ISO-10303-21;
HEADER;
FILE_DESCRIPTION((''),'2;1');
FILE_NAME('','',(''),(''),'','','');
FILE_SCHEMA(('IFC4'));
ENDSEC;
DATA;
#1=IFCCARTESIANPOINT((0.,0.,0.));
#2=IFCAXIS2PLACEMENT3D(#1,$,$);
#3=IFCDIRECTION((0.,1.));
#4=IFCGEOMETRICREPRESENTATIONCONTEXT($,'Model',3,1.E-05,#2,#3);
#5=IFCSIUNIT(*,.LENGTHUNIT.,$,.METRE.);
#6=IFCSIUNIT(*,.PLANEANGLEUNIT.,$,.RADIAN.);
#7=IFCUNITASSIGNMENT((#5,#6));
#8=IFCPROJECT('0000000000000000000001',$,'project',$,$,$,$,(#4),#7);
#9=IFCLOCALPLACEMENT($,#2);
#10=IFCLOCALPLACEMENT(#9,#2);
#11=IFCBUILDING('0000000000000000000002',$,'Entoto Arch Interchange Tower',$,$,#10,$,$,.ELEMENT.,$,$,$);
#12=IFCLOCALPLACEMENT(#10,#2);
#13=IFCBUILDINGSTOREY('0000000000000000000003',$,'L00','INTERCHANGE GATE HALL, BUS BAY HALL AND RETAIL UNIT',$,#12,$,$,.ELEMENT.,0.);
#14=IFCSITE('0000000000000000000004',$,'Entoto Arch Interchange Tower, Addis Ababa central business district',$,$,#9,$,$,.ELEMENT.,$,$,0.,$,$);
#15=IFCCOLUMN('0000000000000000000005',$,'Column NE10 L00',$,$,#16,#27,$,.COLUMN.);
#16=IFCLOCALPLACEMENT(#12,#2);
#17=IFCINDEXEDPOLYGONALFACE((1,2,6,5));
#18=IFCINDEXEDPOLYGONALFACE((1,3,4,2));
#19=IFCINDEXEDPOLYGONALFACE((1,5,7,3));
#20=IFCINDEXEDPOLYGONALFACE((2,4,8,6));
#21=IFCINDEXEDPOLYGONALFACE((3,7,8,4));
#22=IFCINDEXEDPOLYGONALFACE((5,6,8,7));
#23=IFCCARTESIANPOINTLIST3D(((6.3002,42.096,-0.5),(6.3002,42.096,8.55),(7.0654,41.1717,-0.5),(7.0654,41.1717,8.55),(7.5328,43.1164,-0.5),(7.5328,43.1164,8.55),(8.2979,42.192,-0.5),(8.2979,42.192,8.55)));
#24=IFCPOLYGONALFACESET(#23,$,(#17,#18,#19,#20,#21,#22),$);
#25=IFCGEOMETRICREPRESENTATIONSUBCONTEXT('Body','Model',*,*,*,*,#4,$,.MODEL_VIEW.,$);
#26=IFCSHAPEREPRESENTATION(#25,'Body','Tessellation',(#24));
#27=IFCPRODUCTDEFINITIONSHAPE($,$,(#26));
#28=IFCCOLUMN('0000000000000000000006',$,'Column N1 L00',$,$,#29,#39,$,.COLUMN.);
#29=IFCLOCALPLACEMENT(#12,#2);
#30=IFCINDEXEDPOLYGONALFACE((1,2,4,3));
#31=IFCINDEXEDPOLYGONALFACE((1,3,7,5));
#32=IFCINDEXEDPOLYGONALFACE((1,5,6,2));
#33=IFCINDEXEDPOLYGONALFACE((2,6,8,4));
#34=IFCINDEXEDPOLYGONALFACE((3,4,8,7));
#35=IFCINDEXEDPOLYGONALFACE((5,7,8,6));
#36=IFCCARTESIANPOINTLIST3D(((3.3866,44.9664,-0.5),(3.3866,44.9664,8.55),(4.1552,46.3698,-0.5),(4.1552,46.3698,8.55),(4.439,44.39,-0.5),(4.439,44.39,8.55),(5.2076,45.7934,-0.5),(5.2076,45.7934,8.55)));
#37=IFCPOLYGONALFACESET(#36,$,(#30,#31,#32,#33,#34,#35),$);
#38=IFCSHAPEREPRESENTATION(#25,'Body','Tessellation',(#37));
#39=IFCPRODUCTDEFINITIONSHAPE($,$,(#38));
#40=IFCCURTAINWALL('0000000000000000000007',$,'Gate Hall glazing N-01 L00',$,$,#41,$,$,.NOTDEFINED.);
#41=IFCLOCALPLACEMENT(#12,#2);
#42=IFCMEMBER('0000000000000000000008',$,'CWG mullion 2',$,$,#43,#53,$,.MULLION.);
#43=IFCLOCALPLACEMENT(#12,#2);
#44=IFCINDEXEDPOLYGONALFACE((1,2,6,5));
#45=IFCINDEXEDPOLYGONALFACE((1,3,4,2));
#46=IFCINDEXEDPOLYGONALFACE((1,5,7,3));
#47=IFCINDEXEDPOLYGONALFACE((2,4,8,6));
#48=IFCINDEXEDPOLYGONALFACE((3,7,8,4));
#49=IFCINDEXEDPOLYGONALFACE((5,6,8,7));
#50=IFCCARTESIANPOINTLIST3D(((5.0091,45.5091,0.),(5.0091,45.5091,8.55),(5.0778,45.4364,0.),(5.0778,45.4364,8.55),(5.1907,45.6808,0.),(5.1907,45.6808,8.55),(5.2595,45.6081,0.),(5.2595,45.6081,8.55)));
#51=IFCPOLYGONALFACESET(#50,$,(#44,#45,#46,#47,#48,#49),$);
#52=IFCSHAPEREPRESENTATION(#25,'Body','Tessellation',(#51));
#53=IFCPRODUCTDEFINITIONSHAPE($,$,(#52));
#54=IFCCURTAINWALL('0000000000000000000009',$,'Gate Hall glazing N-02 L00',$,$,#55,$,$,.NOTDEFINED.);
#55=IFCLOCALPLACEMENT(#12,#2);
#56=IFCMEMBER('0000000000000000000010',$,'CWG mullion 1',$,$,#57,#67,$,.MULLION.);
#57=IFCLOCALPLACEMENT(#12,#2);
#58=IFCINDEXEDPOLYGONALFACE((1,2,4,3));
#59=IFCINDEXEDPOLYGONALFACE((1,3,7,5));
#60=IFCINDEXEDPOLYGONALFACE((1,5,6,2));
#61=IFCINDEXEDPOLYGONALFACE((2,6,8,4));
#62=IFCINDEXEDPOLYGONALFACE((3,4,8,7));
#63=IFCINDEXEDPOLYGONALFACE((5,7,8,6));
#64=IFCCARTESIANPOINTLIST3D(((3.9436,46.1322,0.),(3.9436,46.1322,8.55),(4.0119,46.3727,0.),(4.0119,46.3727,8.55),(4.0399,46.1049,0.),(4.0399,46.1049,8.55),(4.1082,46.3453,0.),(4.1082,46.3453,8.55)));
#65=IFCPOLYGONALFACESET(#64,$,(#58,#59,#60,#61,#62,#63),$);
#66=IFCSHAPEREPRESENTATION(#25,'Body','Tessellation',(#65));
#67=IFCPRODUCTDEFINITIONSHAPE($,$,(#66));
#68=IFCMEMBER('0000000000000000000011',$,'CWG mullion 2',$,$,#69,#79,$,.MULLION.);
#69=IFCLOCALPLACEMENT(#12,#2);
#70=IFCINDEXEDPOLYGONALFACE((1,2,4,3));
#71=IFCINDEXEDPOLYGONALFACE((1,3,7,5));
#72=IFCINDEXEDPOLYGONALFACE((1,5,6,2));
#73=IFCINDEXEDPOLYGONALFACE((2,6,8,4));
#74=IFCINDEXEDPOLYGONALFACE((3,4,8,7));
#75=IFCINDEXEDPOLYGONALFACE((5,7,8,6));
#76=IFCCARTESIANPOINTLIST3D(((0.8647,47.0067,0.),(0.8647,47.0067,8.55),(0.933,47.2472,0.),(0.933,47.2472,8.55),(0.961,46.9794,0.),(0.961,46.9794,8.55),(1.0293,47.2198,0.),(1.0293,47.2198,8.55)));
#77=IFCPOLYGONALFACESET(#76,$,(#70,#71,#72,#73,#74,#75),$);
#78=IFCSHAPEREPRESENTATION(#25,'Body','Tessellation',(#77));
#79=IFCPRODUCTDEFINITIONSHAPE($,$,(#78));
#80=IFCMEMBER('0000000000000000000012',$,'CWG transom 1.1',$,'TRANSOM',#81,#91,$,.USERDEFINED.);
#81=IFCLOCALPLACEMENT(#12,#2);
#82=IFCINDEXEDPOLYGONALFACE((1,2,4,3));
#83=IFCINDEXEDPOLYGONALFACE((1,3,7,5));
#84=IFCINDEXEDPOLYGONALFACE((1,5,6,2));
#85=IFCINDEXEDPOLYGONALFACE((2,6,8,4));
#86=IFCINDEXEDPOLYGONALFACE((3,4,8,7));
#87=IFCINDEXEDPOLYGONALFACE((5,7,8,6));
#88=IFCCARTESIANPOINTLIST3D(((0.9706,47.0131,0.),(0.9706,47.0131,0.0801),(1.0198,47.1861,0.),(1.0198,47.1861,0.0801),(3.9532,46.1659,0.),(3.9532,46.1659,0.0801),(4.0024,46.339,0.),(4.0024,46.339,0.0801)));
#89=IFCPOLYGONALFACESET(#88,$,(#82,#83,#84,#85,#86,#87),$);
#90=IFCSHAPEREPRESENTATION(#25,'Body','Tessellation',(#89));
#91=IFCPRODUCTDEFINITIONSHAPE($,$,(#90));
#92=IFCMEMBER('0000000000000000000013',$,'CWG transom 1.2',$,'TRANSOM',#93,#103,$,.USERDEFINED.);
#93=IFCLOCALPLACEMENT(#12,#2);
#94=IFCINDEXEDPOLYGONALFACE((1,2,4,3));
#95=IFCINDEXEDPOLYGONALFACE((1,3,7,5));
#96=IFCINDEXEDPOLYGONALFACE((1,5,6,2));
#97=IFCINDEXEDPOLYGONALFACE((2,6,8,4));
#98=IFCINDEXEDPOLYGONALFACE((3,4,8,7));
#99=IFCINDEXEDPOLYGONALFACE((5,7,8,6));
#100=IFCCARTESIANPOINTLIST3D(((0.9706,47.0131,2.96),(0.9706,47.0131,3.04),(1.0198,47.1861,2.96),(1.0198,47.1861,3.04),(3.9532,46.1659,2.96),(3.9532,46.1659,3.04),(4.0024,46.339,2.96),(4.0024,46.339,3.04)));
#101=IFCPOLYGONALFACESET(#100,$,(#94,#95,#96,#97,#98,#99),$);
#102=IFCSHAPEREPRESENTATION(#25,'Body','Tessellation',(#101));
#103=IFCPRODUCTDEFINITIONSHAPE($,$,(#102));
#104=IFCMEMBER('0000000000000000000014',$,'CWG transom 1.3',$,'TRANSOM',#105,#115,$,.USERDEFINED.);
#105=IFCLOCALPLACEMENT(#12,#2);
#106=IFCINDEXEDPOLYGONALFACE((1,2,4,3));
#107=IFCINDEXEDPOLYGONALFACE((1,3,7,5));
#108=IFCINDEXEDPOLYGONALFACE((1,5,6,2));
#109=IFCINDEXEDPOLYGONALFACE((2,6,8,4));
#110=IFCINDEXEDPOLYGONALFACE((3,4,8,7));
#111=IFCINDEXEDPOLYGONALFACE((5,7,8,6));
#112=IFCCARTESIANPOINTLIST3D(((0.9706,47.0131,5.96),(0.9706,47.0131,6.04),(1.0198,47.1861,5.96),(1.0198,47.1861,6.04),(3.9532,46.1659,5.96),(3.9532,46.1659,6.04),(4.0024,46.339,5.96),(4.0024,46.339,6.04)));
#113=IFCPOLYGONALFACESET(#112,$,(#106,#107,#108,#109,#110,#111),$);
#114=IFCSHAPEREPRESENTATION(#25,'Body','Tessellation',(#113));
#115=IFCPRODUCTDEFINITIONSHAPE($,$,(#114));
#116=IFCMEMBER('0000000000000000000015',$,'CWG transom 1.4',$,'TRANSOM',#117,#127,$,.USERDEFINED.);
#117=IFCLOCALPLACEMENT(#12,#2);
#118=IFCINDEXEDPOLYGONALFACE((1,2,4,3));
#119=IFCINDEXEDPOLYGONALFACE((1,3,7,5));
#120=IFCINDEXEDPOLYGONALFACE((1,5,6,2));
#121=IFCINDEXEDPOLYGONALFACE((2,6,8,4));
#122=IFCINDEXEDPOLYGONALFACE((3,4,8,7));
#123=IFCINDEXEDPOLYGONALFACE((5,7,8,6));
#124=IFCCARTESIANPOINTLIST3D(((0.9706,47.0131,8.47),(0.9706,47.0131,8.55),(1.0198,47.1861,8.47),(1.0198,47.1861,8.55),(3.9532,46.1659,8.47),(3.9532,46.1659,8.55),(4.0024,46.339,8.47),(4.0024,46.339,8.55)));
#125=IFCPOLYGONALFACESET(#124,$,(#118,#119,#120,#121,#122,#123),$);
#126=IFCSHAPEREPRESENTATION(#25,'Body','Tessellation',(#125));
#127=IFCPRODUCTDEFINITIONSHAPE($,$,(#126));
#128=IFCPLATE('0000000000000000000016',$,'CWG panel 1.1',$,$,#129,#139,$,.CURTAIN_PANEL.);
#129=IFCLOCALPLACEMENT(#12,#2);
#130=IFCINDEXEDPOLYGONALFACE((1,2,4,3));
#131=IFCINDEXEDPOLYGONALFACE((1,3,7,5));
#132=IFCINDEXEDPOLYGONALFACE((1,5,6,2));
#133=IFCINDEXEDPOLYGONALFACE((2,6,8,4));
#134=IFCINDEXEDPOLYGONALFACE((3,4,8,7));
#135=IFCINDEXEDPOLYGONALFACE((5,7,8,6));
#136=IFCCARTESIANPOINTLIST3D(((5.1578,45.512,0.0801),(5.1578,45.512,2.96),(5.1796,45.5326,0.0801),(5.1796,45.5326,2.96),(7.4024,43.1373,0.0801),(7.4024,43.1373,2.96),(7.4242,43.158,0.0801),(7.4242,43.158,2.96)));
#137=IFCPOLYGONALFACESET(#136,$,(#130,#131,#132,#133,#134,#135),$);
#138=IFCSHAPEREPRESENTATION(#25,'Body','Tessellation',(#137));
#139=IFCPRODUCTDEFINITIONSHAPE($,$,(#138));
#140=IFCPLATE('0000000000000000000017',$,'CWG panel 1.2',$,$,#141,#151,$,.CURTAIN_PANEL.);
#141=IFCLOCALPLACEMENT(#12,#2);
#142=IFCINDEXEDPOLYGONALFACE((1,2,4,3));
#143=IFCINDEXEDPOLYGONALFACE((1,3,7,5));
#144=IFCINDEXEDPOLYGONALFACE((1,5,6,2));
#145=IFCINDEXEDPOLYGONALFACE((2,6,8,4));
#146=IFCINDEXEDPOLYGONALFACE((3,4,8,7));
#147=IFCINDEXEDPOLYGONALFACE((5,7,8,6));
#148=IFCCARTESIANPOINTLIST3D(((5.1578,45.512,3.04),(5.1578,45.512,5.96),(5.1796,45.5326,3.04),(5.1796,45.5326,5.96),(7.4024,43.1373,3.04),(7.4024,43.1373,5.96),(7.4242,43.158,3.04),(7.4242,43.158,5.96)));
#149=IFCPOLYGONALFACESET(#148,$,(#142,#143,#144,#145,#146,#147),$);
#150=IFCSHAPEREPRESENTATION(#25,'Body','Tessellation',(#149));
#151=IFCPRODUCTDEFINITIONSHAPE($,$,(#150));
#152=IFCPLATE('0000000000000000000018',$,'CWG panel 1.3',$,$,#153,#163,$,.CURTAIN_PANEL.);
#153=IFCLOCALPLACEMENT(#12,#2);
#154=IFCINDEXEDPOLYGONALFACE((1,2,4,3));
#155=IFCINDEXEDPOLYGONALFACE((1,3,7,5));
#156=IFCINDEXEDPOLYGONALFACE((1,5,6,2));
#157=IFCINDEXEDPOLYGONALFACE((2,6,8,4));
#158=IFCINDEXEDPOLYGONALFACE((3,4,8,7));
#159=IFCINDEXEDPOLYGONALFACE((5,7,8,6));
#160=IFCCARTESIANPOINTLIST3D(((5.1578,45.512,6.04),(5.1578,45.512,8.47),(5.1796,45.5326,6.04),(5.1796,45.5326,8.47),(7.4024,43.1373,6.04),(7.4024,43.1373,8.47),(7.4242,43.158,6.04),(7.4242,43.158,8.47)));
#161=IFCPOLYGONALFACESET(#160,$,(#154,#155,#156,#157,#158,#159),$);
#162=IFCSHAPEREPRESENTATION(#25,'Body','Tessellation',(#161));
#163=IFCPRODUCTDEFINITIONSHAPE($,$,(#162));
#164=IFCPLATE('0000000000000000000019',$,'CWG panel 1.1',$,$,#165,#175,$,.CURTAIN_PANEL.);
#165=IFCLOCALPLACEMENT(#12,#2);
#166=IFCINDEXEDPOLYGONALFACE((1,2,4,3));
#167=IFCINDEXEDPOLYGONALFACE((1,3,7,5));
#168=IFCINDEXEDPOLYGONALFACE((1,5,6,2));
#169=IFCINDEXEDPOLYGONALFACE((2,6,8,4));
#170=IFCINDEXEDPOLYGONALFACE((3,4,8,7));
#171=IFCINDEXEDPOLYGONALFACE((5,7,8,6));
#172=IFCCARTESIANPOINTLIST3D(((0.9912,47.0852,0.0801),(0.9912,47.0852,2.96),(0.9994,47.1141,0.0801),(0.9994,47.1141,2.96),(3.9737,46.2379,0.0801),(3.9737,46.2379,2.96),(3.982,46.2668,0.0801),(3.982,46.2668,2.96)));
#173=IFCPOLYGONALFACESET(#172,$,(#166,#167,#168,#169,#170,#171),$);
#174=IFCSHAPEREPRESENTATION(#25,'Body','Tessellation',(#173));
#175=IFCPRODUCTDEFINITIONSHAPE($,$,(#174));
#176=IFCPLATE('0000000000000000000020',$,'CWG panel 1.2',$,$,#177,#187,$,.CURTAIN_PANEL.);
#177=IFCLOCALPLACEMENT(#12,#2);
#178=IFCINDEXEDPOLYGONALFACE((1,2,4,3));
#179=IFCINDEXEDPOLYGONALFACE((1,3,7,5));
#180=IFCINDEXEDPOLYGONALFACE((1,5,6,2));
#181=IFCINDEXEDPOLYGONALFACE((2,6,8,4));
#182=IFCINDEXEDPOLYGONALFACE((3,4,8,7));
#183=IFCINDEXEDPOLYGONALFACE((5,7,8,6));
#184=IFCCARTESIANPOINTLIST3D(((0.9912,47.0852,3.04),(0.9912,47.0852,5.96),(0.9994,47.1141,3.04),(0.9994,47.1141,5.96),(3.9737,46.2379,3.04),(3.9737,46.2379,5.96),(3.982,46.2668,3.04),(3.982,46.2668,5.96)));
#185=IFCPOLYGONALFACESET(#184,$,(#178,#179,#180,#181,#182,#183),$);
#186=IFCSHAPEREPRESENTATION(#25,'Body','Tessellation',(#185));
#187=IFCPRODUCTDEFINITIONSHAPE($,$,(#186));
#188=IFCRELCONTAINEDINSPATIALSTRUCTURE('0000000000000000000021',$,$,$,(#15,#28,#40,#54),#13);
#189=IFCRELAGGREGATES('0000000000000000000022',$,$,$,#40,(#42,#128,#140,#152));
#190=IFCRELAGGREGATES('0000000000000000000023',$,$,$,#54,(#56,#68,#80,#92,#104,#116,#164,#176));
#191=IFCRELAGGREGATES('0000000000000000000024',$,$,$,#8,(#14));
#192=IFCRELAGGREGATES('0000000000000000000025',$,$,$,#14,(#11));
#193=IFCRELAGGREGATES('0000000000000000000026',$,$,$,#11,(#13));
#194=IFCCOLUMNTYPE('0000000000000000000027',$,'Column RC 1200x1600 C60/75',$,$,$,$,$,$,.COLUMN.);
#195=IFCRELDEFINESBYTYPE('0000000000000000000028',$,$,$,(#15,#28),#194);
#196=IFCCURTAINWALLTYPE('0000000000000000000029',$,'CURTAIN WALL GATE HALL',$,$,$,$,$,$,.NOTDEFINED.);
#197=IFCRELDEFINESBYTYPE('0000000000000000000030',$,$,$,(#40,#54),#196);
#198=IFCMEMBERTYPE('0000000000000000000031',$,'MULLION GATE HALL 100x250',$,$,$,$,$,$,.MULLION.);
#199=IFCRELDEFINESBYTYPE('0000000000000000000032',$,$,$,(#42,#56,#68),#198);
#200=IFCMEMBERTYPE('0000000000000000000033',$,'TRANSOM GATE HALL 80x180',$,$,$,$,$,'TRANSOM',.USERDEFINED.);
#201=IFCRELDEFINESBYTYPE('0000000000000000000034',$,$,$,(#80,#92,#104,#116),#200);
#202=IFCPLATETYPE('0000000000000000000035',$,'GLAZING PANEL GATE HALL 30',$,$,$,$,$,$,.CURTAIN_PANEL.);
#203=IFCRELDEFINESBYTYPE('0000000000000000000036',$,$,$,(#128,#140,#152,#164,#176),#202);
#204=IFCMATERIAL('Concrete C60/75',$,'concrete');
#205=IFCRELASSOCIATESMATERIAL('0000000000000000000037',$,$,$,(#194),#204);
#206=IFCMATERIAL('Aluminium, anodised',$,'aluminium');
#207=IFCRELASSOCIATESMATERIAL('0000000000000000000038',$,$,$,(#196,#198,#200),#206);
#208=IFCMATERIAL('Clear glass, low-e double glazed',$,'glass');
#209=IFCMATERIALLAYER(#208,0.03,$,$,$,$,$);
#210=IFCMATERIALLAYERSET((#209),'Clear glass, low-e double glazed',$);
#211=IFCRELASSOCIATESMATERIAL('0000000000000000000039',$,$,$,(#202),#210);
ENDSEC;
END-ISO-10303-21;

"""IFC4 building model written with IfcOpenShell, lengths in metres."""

from ifc_helpers import new_model, si_unit, direction, frame, origin, origin_2d, place, context, subcontext, project, spatial, rectangle, extrude, material, layer, layer_set, material_profile, profile_set, type_object, element, aggregate, save


model = new_model("IFC4")

# Units and contexts
model_context = context("Model", 3, precision=1e-05, world=origin(), true_north=direction((0.0, 1.0)))
body_context = subcontext(model_context, "Body", "Model", "MODEL_VIEW")
ifc_project = project(units=[si_unit("LENGTHUNIT", "METRE"), si_unit("PLANEANGLEUNIT", "RADIAN")], contexts=[model_context])

# Site, building, storey
site_placement = place(None, origin())
site = spatial("IfcSite", under=ifc_project, at=site_placement, Name="Entoto Arch Interchange Tower, Addis Ababa central business district", CompositionType="ELEMENT", RefElevation=0.0)
building_placement = place(site_placement, origin())
building = spatial("IfcBuilding", under=site, at=building_placement, Name="Entoto Arch Interchange Tower", CompositionType="ELEMENT")
storey_placement = place(building_placement, origin())
storey = spatial("IfcBuildingStorey", under=building, at=storey_placement, Name="L00", Description="INTERCHANGE GATE HALL, BUS BAY HALL AND RETAIL UNIT", CompositionType="ELEMENT", Elevation=0.0)

# Columns
ifc_material_1 = material(Name="Concrete C60/75", Category="concrete")
ifc_material_profile_1 = material_profile(ifc_material_1, rectangle(XDim=1.2, YDim=1.6001, at=origin_2d()))
ifc_profile_set_1 = profile_set([ifc_material_profile_1], Name="Concrete C60/75")
column_type = type_object("IfcColumnType", Name="Column RC 1200x1600 C60/75", PredefinedType="COLUMN", material=ifc_profile_set_1)
for number, where, z_axis, x_axis, name in (
    (1, (7.2991, 42.144, -0.5), (0.0, 0.0, 1.0), (-0.637666, 0.770313, 0.0), "Column NE10 L00"),
    (2, (4.2971, 45.3799, -0.5), (0.0, 0.0, 1.0), (-0.877079, 0.480346, 0.0), "Column N1 L00"),
):
    element("IfcColumn", number, at=place(storey_placement, frame(where, z_axis=z_axis, x_axis=x_axis)), inside=storey, type_object=column_type, Name=name, PredefinedType="COLUMN", context=body_context, shape_type="SweptSolid", body=[
        extrude(rectangle(XDim=1.2, YDim=1.6001, at=origin_2d()), origin(), (0.0, 0.0, 1.0), 9.05),
    ])

# Curtain wall, member
ifc_material_2 = material(Name="Aluminium, anodised", Category="aluminium")
curtain_wall_type = type_object("IfcCurtainWallType", Name="CURTAIN WALL GATE HALL", PredefinedType="NOTDEFINED", material=ifc_material_2)
curtain_wall_1_placement = place(storey_placement, origin())
curtain_wall_1 = element("IfcCurtainWall", 3, at=curtain_wall_1_placement, inside=storey, type_object=curtain_wall_type, Name="Gate Hall glazing N-01 L00", PredefinedType="NOTDEFINED")
ifc_material_profile_2 = material_profile(ifc_material_2, rectangle(XDim=0.25, YDim=0.1001, at=origin_2d()))
ifc_profile_set_2 = profile_set([ifc_material_profile_2], Name="Aluminium, anodised")
member_type_1 = type_object("IfcMemberType", Name="MULLION GATE HALL 100x250", PredefinedType="MULLION", material=ifc_profile_set_2)
member_1_placement = place(storey_placement, frame((5.1343, 45.5586, 0.0), z_axis=(0.0, 0.0, 1.0), x_axis=(-0.726725, -0.686928, 0.0)))
member_1 = element("IfcMember", 4, at=member_1_placement, type_object=member_type_1, Name="CWG mullion 2", PredefinedType="MULLION", context=body_context, shape_type="SweptSolid", body=[
    extrude(rectangle(XDim=0.25, YDim=0.1001, at=origin_2d()), origin(), (0.0, 0.0, 1.0), 8.55),
])

# Curtain wall, members
curtain_wall_2_placement = place(storey_placement, origin())
curtain_wall_2 = element("IfcCurtainWall", 5, at=curtain_wall_2_placement, inside=storey, type_object=curtain_wall_type, Name="Gate Hall glazing N-02 L00", PredefinedType="NOTDEFINED")
member_2_placement = place(storey_placement, frame((4.0259, 46.2388, 0.0), z_axis=(0.0, 0.0, 1.0), x_axis=(-0.27328, -0.961934, 0.0)))
member_2 = element("IfcMember", 6, at=member_2_placement, type_object=member_type_1, Name="CWG mullion 1", PredefinedType="MULLION", context=body_context, shape_type="SweptSolid", body=[
    extrude(rectangle(XDim=0.25, YDim=0.1001, at=origin_2d()), origin(), (0.0, 0.0, 1.0), 8.55),
])
member_3_placement = place(storey_placement, frame((0.947, 47.1133, 0.0), z_axis=(0.0, 0.0, 1.0), x_axis=(-0.27328, -0.961934, 0.0)))
member_3 = element("IfcMember", 7, at=member_3_placement, type_object=member_type_1, Name="CWG mullion 2", PredefinedType="MULLION", context=body_context, shape_type="SweptSolid", body=[
    extrude(rectangle(XDim=0.25, YDim=0.1001, at=origin_2d()), origin(), (0.0, 0.0, 1.0), 8.55),
])
ifc_material_profile_3 = material_profile(ifc_material_2, rectangle(XDim=0.1799, YDim=0.0801, at=origin_2d()))
ifc_profile_set_3 = profile_set([ifc_material_profile_3], Name="Aluminium, anodised")
member_type_2 = type_object("IfcMemberType", Name="TRANSOM GATE HALL 80x180", ElementType="TRANSOM", PredefinedType="USERDEFINED", material=ifc_profile_set_3)
member_4_placement = place(storey_placement, frame((3.9778, 46.2524, 0.04), z_axis=(-0.961951, 0.273223, 0.0), x_axis=(-0.273223, -0.961951, 0.0)))
member_4 = element("IfcMember", 8, at=member_4_placement, type_object=member_type_2, Name="CWG transom 1.1", ObjectType="TRANSOM", PredefinedType="USERDEFINED", context=body_context, shape_type="SweptSolid", body=[
    extrude(rectangle(XDim=0.1799, YDim=0.0801, at=origin_2d()), origin(), (0.0, 0.0, 1.0), 3.1006),
])
member_5_placement = place(storey_placement, frame((3.9778, 46.2524, 3.0), z_axis=(-0.961951, 0.273223, 0.0), x_axis=(-0.273223, -0.961951, 0.0)))
member_5 = element("IfcMember", 9, at=member_5_placement, type_object=member_type_2, Name="CWG transom 1.2", ObjectType="TRANSOM", PredefinedType="USERDEFINED", context=body_context, shape_type="SweptSolid", body=[
    extrude(rectangle(XDim=0.1799, YDim=0.0801, at=origin_2d()), origin(), (0.0, 0.0, 1.0), 3.1006),
])
member_6_placement = place(storey_placement, frame((3.9778, 46.2524, 6.0), z_axis=(-0.961951, 0.273223, 0.0), x_axis=(-0.273223, -0.961951, 0.0)))
member_6 = element("IfcMember", 10, at=member_6_placement, type_object=member_type_2, Name="CWG transom 1.3", ObjectType="TRANSOM", PredefinedType="USERDEFINED", context=body_context, shape_type="SweptSolid", body=[
    extrude(rectangle(XDim=0.1799, YDim=0.0801, at=origin_2d()), origin(), (0.0, 0.0, 1.0), 3.1006),
])
member_7_placement = place(storey_placement, frame((3.9778, 46.2524, 8.51), z_axis=(-0.961951, 0.273223, 0.0), x_axis=(-0.273223, -0.961951, 0.0)))
member_7 = element("IfcMember", 11, at=member_7_placement, type_object=member_type_2, Name="CWG transom 1.4", ObjectType="TRANSOM", PredefinedType="USERDEFINED", context=body_context, shape_type="SweptSolid", body=[
    extrude(rectangle(XDim=0.1799, YDim=0.0801, at=origin_2d()), origin(), (0.0, 0.0, 1.0), 3.1006),
])

# Plates
ifc_material_3 = material(Name="Clear glass, low-e double glazed", Category="glass")
ifc_layer_1 = layer(ifc_material_3, 0.03)
ifc_layer_set_1 = layer_set([ifc_layer_1], Name="Clear glass, low-e double glazed")
plate_type = type_object("IfcPlateType", Name="GLAZING PANEL GATE HALL 30", PredefinedType="CURTAIN_PANEL", material=ifc_layer_set_1)
plate_1_placement = place(storey_placement, frame((6.291, 44.335, 0.0801), z_axis=(0.0, 0.0, 1.0), x_axis=(-0.686928, 0.726725, 0.0)))
plate_1 = element("IfcPlate", 12, at=plate_1_placement, type_object=plate_type, Name="CWG panel 1.1", PredefinedType="CURTAIN_PANEL", context=body_context, shape_type="SweptSolid", body=[
    extrude(rectangle(XDim=3.2676, YDim=0.03, at=origin_2d()), origin(), (0.0, 0.0, 1.0), 2.8799),
])
plate_2_placement = place(storey_placement, frame((6.291, 44.335, 3.04), z_axis=(0.0, 0.0, 1.0), x_axis=(-0.686928, 0.726725, 0.0)))
plate_2 = element("IfcPlate", 13, at=plate_2_placement, type_object=plate_type, Name="CWG panel 1.2", PredefinedType="CURTAIN_PANEL", context=body_context, shape_type="SweptSolid", body=[
    extrude(rectangle(XDim=3.2676, YDim=0.03, at=origin_2d()), origin(), (0.0, 0.0, 1.0), 2.9199),
])
plate_3_placement = place(storey_placement, frame((6.291, 44.335, 6.04), z_axis=(0.0, 0.0, 1.0), x_axis=(-0.686928, 0.726725, 0.0)))
plate_3 = element("IfcPlate", 14, at=plate_3_placement, type_object=plate_type, Name="CWG panel 1.3", PredefinedType="CURTAIN_PANEL", context=body_context, shape_type="SweptSolid", body=[
    extrude(rectangle(XDim=3.2676, YDim=0.03, at=origin_2d()), origin(), (0.0, 0.0, 1.0), 2.4299),
])
aggregate(curtain_wall_1, [member_1, plate_1, plate_2, plate_3])
plate_4_placement = place(storey_placement, frame((2.4866, 46.676, 0.0801), z_axis=(0.0, 0.0, 1.0), x_axis=(-0.961934, 0.27328, 0.0)))
plate_4 = element("IfcPlate", 15, at=plate_4_placement, type_object=plate_type, Name="CWG panel 1.1", PredefinedType="CURTAIN_PANEL", context=body_context, shape_type="SweptSolid", body=[
    extrude(rectangle(XDim=3.1006, YDim=0.03, at=origin_2d()), origin(), (0.0, 0.0, 1.0), 2.8799),
])
plate_5_placement = place(storey_placement, frame((2.4866, 46.676, 3.04), z_axis=(0.0, 0.0, 1.0), x_axis=(-0.961934, 0.27328, 0.0)))
plate_5 = element("IfcPlate", 16, at=plate_5_placement, type_object=plate_type, Name="CWG panel 1.2", PredefinedType="CURTAIN_PANEL", context=body_context, shape_type="SweptSolid", body=[
    extrude(rectangle(XDim=3.1006, YDim=0.03, at=origin_2d()), origin(), (0.0, 0.0, 1.0), 2.9199),
])
aggregate(curtain_wall_2, [member_2, member_3, member_4, member_5, member_6, member_7, plate_4, plate_5])

save(model, "model.ifc")
